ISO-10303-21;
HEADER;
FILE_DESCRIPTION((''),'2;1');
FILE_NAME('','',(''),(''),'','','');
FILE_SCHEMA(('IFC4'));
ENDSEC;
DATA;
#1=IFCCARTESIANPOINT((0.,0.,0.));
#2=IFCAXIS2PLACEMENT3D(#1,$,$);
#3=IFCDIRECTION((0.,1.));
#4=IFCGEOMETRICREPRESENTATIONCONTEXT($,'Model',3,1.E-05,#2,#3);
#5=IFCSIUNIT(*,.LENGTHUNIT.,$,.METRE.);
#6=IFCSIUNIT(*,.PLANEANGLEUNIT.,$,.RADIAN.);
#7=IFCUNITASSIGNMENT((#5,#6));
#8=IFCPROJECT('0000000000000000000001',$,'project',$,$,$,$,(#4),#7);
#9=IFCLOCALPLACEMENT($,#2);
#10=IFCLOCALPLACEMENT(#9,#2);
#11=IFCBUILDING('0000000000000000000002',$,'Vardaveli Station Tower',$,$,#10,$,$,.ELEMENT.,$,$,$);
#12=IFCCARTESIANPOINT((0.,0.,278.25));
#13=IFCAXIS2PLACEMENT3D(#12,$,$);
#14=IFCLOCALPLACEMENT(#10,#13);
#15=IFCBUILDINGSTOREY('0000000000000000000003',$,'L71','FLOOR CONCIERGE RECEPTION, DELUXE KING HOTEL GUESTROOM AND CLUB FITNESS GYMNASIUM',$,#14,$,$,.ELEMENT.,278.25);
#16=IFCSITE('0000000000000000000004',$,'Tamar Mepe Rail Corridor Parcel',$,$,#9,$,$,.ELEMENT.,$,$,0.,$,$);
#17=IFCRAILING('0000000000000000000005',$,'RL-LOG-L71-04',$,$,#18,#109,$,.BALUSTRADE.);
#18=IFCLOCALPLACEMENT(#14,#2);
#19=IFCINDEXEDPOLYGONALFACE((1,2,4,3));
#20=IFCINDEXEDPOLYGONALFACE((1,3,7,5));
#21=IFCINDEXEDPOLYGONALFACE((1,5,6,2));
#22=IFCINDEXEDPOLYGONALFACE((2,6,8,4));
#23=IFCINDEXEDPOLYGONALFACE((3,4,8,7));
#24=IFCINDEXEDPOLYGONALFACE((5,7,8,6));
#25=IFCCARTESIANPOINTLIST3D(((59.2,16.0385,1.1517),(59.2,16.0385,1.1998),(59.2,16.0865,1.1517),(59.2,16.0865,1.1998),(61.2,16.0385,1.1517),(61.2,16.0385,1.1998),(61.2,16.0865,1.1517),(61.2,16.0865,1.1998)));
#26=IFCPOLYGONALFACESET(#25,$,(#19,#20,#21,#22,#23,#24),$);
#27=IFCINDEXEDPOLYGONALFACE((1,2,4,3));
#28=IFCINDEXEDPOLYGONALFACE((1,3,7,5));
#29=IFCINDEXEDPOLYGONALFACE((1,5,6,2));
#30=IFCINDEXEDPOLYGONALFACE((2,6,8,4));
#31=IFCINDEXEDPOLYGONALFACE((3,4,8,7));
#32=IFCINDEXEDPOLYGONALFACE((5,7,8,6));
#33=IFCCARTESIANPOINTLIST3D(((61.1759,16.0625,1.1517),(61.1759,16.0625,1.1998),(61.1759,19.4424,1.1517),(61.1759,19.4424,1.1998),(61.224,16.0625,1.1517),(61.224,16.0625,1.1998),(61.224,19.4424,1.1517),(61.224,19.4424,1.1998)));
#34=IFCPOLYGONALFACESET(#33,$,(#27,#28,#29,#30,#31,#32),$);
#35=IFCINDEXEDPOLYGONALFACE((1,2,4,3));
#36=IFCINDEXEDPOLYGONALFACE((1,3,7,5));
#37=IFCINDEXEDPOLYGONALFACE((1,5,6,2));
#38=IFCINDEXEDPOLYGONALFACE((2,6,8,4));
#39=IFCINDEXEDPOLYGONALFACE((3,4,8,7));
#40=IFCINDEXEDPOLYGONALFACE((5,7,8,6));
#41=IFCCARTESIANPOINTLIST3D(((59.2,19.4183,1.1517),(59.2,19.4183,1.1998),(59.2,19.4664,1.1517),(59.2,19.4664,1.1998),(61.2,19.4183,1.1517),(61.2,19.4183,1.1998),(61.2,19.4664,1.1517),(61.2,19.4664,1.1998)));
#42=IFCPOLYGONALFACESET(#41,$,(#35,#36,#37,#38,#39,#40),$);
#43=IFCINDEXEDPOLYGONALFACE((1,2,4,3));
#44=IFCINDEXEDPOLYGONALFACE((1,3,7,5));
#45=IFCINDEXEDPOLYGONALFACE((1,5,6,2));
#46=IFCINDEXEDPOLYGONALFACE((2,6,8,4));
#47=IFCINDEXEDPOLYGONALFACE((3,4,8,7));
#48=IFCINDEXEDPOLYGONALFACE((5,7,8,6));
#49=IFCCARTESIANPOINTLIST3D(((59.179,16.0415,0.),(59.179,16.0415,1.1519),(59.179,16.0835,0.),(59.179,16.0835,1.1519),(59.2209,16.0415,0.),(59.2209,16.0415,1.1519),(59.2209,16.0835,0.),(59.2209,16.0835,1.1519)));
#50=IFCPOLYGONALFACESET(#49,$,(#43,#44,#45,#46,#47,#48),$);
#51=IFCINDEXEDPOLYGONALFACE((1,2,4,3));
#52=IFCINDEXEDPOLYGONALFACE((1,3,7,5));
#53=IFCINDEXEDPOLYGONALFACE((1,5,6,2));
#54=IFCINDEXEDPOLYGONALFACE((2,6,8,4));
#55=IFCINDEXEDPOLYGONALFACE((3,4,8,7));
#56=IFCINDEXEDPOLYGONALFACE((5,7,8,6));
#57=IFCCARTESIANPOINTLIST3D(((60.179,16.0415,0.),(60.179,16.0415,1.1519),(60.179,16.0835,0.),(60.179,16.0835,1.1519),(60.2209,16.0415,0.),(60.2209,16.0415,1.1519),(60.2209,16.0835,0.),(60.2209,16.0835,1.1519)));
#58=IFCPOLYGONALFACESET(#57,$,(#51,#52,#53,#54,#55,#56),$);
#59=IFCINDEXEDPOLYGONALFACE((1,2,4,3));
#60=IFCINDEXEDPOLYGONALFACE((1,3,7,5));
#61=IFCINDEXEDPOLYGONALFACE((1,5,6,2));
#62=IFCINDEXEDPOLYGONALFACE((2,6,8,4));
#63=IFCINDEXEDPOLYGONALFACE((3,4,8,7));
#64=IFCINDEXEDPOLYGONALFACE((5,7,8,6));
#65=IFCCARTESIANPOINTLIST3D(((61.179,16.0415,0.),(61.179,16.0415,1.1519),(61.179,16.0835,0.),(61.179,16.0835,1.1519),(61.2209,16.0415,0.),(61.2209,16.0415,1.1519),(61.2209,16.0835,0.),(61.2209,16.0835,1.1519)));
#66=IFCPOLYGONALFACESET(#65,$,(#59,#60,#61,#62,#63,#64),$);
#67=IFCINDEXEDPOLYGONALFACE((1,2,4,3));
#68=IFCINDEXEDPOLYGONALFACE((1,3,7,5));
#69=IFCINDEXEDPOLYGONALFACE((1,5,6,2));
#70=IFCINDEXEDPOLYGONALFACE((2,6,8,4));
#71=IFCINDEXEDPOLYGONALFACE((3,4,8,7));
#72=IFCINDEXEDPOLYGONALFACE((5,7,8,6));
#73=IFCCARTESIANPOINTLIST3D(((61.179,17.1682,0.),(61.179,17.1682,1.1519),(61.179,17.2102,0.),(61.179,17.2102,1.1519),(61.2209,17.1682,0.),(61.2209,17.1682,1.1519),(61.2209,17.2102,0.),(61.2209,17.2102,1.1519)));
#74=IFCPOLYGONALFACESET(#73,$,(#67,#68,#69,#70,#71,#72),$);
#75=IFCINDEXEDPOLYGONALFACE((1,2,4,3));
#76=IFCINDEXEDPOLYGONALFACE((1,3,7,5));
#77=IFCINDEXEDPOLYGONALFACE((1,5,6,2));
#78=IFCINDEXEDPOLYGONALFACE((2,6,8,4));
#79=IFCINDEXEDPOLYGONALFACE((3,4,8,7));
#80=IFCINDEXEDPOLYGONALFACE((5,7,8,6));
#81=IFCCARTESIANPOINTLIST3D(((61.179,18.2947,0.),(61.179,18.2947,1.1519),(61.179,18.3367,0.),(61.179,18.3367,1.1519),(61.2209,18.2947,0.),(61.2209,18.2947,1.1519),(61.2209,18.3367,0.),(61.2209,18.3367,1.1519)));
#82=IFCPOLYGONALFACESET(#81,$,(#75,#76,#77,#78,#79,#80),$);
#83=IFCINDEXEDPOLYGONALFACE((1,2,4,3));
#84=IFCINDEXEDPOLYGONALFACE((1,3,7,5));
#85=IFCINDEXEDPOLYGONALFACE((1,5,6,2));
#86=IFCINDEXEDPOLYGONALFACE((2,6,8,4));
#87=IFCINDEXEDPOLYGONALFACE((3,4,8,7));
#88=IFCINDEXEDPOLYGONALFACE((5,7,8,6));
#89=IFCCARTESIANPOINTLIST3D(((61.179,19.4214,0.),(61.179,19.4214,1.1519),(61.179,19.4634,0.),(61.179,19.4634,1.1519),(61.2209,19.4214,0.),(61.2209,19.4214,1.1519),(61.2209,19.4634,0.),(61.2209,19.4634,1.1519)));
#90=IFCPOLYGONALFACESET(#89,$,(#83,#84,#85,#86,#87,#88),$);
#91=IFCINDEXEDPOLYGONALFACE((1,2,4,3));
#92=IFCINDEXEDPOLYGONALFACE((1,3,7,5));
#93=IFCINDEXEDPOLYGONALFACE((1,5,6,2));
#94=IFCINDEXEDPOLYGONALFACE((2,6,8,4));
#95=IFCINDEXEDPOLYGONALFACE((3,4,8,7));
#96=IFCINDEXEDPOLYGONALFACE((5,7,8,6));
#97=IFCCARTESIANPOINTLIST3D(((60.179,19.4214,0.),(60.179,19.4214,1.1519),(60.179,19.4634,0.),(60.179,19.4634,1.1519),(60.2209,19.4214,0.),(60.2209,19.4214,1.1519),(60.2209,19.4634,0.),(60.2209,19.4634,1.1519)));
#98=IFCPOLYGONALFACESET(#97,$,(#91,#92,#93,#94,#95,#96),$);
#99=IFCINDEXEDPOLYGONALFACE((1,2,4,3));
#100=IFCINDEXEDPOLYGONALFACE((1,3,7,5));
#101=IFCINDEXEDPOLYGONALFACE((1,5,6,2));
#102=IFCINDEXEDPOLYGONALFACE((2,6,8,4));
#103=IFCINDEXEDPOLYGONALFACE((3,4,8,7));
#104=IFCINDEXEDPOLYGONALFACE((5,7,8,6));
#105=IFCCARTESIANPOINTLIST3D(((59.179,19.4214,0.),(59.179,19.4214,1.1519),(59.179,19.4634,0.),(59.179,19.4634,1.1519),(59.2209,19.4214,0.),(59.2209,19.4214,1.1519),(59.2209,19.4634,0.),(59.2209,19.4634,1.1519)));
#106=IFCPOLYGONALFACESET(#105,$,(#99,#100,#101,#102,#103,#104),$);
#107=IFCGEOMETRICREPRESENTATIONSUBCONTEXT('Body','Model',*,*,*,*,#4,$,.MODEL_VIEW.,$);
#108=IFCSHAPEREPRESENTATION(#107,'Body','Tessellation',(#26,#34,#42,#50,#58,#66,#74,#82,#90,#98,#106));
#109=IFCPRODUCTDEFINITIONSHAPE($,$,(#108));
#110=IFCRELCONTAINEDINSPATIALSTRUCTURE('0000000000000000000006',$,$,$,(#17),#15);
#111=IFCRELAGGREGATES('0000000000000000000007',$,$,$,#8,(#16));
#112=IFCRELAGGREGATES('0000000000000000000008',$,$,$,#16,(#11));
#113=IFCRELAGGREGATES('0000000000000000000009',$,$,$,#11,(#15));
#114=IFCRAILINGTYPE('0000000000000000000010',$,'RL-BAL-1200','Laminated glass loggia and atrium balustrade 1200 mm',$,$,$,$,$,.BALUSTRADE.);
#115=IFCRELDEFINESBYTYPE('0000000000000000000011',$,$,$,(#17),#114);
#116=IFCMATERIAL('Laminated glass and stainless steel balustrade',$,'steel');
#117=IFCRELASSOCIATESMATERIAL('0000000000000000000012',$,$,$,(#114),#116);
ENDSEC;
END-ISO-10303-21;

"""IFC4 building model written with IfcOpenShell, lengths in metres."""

from ifc_helpers import new_model, si_unit, direction, frame, origin, origin_2d, place, context, subcontext, project, spatial, rectangle, extrude, source, transform, mapped, material, type_object, element, save


model = new_model("IFC4")

# Units and contexts
model_context = context("Model", 3, precision=1e-05, world=origin(), true_north=direction((0.0, 1.0)))
body_context = subcontext(model_context, "Body", "Model", "MODEL_VIEW")
ifc_project = project(units=[si_unit("LENGTHUNIT", "METRE"), si_unit("PLANEANGLEUNIT", "RADIAN")], contexts=[model_context])

# Site, building, storey
site_placement = place(None, origin())
site = spatial("IfcSite", under=ifc_project, at=site_placement, Name="Tamar Mepe Rail Corridor Parcel", CompositionType="ELEMENT", RefElevation=0.0)
building_placement = place(site_placement, origin())
building = spatial("IfcBuilding", under=site, at=building_placement, Name="Vardaveli Station Tower", CompositionType="ELEMENT")
storey_placement = place(building_placement, frame((0.0, 0.0, 278.25)))
storey = spatial("IfcBuildingStorey", under=building, at=storey_placement, Name="L71", Description="FLOOR CONCIERGE RECEPTION, DELUXE KING HOTEL GUESTROOM AND CLUB FITNESS GYMNASIUM", CompositionType="ELEMENT", Elevation=278.25)

# Railing
ifc_material_1 = material(Name="Laminated glass and stainless steel balustrade", Category="steel")
railing_type = type_object("IfcRailingType", Name="RL-BAL-1200", Description="Laminated glass loggia and atrium balustrade 1200 mm", PredefinedType="BALUSTRADE", material=ifc_material_1)
shared_shape_1 = source(origin(), body_context, "Body", "SweptSolid", [
    extrude(rectangle(XDim=0.0481, YDim=0.0481, at=origin_2d()), frame((0.0, 0.0, 1.1758), z_axis=(1.0, 0.0, 0.0), x_axis=(0.0, 1.0, 0.0)), (0.0, 0.0, 1.0), 2.0),
    extrude(rectangle(XDim=0.0481, YDim=0.0481, at=origin_2d()), frame((2.0, 0.0, 1.1758), z_axis=(0.0, 1.0, 0.0), x_axis=(-1.0, 0.0, 0.0)), (0.0, 0.0, 1.0), 3.3799),
    extrude(rectangle(XDim=0.0481, YDim=0.0481, at=origin_2d()), frame((2.0, 3.3799, 1.1758), z_axis=(-1.0, 0.0, 0.0), x_axis=(0.0, -1.0, 0.0)), (0.0, 0.0, 1.0), 2.0),
    extrude(rectangle(XDim=0.042, YDim=0.042, at=origin_2d()), origin(), (0.0, 0.0, 1.0), 1.1519),
    extrude(rectangle(XDim=0.042, YDim=0.042, at=origin_2d()), frame((1.0, 0.0, 0.0)), (0.0, 0.0, 1.0), 1.1519),
    extrude(rectangle(XDim=0.042, YDim=0.042, at=origin_2d()), frame((2.0, 0.0, 0.0)), (0.0, 0.0, 1.0), 1.1519),
    extrude(rectangle(XDim=0.042, YDim=0.042, at=origin_2d()), frame((2.0, 1.1267, 0.0)), (0.0, 0.0, 1.0), 1.1519),
    extrude(rectangle(XDim=0.042, YDim=0.042, at=origin_2d()), frame((2.0, 2.2532, 0.0)), (0.0, 0.0, 1.0), 1.1519),
    extrude(rectangle(XDim=0.042, YDim=0.042, at=origin_2d()), frame((2.0, 3.3799, 0.0)), (0.0, 0.0, 1.0), 1.1519),
    extrude(rectangle(XDim=0.042, YDim=0.042, at=origin_2d()), frame((1.0, 3.3799, 0.0)), (0.0, 0.0, 1.0), 1.1519),
    extrude(rectangle(XDim=0.042, YDim=0.042, at=origin_2d()), frame((0.0, 3.3799, 0.0)), (0.0, 0.0, 1.0), 1.1519),
])
railing_placement = place(storey_placement, frame((59.2, 16.0625, 0.0)))
element("IfcRailing", 1, at=railing_placement, inside=storey, type_object=railing_type, Name="RL-LOG-L71-04", PredefinedType="BALUSTRADE", context=body_context, shape_type="MappedRepresentation", body=[
    mapped(shared_shape_1, transform((0.0, 0.0, 0.0), scale=1.0)),
])

save(model, "model.ifc")
